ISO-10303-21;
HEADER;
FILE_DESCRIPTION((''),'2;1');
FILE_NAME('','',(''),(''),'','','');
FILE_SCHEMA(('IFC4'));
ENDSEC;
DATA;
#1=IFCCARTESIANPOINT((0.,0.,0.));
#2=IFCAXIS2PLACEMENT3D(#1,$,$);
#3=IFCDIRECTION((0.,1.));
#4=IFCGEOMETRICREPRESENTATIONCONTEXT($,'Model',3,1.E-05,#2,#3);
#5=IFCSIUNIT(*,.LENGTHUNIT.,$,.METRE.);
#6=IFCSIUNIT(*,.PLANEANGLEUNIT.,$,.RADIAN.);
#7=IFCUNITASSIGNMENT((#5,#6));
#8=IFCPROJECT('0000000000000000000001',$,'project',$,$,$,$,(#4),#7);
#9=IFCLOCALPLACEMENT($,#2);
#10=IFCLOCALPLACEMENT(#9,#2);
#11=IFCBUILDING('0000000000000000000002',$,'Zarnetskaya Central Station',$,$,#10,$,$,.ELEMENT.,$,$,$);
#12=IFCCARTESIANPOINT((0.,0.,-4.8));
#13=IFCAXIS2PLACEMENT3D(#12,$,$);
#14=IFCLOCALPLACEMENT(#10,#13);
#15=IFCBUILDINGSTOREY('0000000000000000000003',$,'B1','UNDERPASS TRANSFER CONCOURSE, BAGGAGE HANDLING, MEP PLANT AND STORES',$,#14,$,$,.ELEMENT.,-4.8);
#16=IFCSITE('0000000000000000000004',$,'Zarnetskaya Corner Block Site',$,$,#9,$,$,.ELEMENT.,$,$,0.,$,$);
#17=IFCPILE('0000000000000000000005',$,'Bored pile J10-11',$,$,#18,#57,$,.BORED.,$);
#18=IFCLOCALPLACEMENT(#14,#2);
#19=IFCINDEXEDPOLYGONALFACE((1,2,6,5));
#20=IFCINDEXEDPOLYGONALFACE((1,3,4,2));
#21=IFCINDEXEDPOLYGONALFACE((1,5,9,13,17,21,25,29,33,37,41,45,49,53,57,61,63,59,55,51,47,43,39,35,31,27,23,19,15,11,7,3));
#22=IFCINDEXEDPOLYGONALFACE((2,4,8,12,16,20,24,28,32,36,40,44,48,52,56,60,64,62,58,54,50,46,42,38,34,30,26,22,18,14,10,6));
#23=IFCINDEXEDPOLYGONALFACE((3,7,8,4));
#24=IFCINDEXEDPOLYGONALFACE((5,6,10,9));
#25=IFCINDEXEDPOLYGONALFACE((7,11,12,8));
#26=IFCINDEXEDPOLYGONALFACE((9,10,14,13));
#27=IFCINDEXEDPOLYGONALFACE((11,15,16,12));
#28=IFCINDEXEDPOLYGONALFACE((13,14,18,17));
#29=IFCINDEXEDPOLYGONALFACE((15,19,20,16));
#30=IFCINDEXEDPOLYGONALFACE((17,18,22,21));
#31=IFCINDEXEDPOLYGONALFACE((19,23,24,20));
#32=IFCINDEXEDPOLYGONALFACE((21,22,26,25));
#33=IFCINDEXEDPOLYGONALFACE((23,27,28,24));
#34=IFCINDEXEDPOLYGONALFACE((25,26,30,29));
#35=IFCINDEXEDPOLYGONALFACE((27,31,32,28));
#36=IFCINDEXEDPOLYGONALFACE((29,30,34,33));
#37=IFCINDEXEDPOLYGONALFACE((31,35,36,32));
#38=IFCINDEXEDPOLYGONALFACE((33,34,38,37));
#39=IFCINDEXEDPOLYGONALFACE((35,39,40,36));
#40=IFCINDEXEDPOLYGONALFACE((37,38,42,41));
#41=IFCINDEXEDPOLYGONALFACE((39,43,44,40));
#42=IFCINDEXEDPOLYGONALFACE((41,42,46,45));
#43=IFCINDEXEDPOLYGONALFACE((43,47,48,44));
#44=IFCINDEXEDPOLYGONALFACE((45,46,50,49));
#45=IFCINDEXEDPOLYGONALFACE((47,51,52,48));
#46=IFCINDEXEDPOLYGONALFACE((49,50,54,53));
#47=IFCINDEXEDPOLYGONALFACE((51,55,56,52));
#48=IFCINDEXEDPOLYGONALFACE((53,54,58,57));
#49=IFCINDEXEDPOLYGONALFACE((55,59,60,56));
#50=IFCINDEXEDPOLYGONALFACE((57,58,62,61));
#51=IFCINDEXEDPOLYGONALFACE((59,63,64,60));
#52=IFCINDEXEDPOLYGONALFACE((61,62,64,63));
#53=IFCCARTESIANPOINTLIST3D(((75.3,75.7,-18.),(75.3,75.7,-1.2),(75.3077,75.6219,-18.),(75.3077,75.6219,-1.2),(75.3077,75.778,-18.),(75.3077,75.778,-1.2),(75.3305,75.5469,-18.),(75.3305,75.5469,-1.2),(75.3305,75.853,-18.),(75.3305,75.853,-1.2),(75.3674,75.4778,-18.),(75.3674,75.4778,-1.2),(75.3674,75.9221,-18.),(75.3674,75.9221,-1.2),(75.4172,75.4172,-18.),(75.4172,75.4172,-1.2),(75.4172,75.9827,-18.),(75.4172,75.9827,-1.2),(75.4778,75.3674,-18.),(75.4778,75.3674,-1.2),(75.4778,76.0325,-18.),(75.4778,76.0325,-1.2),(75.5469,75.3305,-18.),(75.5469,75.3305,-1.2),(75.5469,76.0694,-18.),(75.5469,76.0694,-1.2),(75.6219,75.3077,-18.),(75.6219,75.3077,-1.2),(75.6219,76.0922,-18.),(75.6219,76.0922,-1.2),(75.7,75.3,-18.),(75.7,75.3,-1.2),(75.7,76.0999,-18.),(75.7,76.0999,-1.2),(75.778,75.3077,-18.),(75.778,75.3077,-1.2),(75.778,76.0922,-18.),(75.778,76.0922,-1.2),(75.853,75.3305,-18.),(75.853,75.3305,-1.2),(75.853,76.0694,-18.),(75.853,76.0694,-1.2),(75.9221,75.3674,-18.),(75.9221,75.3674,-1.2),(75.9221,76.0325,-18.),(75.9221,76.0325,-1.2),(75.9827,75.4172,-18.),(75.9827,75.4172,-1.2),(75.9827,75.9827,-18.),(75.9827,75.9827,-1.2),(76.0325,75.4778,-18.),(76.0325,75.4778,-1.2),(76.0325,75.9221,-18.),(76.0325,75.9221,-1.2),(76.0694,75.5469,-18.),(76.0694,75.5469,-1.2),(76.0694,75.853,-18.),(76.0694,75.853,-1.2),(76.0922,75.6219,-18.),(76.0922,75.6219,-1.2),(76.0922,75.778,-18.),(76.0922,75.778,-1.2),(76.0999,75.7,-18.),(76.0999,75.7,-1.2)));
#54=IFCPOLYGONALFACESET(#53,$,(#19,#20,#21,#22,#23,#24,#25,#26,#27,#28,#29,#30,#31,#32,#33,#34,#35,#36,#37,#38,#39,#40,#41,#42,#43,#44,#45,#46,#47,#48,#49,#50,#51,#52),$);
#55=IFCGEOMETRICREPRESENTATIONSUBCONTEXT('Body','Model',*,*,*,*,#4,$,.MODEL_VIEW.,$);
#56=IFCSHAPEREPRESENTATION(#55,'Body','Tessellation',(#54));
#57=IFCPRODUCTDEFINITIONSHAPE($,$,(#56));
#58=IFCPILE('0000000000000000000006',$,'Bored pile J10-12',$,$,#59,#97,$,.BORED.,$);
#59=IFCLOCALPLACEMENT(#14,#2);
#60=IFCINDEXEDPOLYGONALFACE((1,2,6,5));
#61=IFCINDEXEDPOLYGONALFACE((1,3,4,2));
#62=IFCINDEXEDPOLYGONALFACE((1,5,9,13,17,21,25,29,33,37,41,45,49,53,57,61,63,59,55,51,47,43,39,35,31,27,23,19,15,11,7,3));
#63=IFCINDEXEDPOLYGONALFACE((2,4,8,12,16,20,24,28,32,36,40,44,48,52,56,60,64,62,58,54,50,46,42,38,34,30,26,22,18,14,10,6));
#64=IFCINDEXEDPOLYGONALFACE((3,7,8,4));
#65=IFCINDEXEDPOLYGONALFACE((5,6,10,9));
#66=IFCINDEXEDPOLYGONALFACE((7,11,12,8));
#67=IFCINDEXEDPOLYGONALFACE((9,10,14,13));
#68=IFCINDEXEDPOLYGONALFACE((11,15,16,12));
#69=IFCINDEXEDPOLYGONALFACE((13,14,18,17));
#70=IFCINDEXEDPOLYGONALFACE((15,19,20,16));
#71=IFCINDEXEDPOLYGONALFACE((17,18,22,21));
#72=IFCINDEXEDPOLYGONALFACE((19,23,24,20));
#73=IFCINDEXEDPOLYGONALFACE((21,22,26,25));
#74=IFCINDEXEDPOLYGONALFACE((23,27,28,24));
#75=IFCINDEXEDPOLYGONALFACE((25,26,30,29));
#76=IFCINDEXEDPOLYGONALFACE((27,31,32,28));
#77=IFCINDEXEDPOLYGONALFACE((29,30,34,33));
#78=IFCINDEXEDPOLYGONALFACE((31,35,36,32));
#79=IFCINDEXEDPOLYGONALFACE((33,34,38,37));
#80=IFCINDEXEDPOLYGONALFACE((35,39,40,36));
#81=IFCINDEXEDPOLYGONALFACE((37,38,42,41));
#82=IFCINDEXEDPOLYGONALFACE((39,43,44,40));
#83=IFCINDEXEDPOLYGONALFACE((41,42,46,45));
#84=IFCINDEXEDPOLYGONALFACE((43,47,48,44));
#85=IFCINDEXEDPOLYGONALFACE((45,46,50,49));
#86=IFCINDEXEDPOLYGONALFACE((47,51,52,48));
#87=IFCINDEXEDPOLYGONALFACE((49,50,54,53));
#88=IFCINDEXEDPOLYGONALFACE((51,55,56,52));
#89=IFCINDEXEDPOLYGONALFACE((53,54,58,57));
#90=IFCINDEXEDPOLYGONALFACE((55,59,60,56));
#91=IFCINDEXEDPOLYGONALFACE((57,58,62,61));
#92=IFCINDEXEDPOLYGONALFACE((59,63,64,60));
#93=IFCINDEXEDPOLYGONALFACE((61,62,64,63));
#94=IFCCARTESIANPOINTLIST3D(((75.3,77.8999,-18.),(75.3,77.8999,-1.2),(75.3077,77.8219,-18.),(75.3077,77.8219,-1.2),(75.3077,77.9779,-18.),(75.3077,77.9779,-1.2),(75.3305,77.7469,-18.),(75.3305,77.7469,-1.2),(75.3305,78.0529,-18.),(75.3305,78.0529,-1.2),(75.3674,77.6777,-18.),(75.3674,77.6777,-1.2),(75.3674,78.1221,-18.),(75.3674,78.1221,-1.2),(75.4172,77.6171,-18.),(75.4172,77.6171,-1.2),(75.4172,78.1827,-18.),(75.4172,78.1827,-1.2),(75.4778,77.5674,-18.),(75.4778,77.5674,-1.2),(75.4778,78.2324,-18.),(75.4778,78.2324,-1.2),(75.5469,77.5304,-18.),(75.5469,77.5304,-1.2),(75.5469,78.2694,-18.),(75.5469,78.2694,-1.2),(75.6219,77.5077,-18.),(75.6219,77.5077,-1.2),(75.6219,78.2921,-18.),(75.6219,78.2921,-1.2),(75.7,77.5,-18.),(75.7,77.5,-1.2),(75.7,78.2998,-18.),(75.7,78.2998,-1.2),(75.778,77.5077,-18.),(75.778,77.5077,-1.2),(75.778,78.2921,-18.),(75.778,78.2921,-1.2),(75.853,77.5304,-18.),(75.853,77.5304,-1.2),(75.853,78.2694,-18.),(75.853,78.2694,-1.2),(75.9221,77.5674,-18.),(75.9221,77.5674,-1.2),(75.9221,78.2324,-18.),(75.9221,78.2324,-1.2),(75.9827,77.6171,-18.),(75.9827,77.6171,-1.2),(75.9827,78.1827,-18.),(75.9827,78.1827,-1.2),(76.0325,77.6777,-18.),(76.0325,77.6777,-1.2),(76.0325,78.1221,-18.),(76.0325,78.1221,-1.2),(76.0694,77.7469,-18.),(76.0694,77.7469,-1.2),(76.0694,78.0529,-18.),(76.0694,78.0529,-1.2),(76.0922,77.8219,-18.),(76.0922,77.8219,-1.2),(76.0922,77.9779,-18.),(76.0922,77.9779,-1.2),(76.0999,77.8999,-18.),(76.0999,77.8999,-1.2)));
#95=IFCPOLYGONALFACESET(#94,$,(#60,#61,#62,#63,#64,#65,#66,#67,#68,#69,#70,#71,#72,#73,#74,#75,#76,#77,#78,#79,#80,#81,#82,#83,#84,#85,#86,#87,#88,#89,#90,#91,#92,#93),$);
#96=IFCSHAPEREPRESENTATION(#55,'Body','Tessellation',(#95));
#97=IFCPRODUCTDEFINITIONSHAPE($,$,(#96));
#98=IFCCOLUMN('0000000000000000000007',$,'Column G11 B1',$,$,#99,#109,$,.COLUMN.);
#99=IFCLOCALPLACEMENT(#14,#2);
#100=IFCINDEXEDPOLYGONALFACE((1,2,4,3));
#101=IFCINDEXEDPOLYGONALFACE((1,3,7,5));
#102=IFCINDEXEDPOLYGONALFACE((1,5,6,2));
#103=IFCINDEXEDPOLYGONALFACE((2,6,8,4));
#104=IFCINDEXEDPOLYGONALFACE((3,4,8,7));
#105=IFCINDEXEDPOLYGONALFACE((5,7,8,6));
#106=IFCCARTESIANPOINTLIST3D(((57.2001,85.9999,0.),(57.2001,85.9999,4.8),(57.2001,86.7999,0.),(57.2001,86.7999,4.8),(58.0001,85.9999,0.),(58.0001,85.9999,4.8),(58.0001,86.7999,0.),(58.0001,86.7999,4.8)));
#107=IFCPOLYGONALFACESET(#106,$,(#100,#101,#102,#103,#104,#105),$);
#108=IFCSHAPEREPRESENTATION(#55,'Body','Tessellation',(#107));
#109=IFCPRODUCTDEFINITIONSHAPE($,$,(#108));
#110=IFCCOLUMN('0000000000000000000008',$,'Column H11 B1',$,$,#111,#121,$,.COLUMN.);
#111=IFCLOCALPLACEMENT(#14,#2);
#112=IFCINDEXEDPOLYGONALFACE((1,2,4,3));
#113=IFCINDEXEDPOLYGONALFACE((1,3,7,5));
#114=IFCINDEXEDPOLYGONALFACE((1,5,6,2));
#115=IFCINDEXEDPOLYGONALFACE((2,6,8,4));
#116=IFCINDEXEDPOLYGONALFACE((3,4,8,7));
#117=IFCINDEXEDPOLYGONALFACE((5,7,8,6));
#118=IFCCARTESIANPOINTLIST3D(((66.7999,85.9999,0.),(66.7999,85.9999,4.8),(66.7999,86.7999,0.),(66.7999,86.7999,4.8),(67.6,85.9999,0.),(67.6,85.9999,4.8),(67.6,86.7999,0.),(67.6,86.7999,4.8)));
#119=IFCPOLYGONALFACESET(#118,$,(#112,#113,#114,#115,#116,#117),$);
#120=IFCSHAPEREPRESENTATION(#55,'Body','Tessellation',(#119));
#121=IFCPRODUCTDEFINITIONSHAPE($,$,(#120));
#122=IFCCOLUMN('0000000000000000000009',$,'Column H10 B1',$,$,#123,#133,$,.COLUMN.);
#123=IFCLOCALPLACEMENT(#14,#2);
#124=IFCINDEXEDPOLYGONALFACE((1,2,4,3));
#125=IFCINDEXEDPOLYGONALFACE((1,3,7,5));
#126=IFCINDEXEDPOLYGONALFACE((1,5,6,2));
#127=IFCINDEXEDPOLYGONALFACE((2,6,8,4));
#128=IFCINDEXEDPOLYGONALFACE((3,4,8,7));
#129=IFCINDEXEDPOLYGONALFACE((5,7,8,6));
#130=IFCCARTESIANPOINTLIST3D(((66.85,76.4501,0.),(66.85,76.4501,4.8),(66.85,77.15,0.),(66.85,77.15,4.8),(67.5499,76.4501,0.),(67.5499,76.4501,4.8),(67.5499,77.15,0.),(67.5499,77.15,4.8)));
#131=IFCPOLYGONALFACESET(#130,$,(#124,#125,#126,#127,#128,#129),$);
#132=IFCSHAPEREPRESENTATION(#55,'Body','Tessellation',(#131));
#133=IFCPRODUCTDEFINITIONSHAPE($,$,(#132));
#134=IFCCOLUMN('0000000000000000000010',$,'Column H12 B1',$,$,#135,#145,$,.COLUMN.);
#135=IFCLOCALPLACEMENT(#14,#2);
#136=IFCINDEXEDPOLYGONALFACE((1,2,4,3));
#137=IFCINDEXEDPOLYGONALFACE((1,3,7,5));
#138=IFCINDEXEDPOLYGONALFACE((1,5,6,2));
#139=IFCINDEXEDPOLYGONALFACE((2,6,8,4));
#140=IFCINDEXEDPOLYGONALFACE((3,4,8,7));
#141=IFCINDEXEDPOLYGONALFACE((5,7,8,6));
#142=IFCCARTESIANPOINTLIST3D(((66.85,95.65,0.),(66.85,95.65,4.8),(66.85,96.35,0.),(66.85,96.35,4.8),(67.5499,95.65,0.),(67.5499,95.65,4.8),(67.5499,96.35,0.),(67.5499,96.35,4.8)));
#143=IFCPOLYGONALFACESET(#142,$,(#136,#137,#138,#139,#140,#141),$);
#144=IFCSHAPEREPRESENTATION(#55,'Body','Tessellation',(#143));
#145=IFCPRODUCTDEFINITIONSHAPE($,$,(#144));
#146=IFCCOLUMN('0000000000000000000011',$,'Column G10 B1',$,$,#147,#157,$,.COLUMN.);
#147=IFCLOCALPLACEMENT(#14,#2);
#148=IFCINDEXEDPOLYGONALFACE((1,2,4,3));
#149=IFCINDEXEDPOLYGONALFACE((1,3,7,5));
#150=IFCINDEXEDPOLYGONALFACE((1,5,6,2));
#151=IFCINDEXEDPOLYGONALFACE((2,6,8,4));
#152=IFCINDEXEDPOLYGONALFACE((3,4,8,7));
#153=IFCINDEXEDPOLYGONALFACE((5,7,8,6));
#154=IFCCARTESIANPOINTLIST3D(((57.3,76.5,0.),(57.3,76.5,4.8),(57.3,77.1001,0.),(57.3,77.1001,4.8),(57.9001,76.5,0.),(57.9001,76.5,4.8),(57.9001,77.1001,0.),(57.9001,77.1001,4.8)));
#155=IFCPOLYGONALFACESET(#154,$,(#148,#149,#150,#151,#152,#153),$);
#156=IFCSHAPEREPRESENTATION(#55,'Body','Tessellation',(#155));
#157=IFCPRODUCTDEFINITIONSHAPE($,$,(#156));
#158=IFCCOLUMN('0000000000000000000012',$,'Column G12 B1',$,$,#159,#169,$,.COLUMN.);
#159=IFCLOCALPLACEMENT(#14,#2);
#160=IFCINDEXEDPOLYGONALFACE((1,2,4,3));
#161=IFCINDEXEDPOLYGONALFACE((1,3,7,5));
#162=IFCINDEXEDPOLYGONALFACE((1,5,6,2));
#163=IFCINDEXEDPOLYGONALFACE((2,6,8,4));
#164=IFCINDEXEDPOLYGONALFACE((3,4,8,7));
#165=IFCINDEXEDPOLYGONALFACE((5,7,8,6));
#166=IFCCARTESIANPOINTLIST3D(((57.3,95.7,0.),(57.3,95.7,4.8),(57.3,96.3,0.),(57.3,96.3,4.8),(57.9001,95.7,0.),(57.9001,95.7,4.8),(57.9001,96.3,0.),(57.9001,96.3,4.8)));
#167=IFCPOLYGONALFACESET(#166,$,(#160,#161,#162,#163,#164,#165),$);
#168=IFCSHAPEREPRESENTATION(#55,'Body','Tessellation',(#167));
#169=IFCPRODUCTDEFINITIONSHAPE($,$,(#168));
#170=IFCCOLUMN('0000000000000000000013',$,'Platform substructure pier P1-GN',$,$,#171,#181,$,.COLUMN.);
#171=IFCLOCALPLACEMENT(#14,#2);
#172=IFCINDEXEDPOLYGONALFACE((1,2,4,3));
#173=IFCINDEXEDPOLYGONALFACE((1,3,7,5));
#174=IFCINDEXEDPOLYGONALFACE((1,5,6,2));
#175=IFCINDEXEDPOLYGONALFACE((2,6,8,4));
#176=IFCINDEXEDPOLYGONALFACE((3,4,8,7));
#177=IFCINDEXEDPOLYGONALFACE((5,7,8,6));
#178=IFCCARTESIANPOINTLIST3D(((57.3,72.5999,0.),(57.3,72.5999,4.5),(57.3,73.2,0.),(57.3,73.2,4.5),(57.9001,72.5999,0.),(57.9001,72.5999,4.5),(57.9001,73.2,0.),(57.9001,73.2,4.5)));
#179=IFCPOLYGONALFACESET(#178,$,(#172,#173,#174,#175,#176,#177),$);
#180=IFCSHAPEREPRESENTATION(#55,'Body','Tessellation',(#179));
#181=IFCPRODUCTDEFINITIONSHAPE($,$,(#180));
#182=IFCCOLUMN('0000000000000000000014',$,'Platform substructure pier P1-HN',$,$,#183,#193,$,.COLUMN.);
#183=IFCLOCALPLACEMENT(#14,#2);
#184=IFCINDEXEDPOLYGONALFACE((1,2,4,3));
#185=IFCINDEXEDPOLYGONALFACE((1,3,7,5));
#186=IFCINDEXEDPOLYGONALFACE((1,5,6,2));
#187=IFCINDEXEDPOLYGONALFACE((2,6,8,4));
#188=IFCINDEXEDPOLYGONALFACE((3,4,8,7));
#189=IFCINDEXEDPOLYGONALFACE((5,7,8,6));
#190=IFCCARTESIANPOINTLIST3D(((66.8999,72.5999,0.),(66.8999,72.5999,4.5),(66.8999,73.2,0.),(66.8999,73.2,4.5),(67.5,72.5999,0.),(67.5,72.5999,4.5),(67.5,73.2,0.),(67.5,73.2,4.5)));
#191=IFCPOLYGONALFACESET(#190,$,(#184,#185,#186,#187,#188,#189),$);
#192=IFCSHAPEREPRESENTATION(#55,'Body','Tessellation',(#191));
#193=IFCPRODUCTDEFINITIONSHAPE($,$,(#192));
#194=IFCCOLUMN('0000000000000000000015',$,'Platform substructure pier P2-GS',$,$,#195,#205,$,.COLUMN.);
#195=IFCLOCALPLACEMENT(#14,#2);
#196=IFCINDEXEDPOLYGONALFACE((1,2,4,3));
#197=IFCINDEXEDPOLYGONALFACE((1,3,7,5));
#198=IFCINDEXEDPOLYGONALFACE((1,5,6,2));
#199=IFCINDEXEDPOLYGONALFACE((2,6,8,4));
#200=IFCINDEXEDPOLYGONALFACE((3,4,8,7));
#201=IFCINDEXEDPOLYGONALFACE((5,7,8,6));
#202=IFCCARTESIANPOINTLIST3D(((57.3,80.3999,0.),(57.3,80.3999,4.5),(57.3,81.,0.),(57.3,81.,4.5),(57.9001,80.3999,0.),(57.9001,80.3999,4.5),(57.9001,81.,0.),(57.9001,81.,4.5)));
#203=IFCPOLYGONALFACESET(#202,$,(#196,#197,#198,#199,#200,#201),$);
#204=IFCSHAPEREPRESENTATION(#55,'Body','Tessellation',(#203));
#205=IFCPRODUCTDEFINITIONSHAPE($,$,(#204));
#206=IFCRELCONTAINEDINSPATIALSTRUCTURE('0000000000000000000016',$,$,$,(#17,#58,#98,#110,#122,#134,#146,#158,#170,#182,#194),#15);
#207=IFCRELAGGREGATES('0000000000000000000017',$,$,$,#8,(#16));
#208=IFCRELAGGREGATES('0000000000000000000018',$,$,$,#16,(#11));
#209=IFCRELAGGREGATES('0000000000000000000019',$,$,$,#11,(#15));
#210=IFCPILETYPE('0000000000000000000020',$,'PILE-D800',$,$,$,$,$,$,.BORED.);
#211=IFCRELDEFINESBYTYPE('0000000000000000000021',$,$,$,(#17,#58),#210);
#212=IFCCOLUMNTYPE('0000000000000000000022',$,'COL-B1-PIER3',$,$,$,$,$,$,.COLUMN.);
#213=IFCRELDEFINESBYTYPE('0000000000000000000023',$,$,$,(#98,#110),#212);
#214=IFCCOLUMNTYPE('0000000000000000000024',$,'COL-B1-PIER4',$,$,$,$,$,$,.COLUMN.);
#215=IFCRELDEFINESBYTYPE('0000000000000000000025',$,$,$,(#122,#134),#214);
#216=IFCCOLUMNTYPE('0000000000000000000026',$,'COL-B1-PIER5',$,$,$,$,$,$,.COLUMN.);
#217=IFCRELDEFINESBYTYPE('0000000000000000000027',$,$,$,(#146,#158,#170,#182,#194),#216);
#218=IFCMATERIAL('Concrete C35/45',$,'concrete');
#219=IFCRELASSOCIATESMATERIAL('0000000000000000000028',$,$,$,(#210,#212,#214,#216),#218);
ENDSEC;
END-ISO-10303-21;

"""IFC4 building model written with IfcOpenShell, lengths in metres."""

from ifc_helpers import new_model, si_unit, direction, frame, origin, origin_2d, place, context, subcontext, project, spatial, rectangle, circle, extrude, material, material_profile, profile_set, type_object, element, save


model = new_model("IFC4")

# Units and contexts
model_context = context("Model", 3, precision=1e-05, world=origin(), true_north=direction((0.0, 1.0)))
body_context = subcontext(model_context, "Body", "Model", "MODEL_VIEW")
ifc_project = project(units=[si_unit("LENGTHUNIT", "METRE"), si_unit("PLANEANGLEUNIT", "RADIAN")], contexts=[model_context])

# Site, building, storey
site_placement = place(None, origin())
site = spatial("IfcSite", under=ifc_project, at=site_placement, Name="Zarnetskaya Corner Block Site", CompositionType="ELEMENT", RefElevation=0.0)
building_placement = place(site_placement, origin())
building = spatial("IfcBuilding", under=site, at=building_placement, Name="Zarnetskaya Central Station", CompositionType="ELEMENT")
storey_placement = place(building_placement, frame((0.0, 0.0, -4.8)))
storey = spatial("IfcBuildingStorey", under=building, at=storey_placement, Name="B1", Description="UNDERPASS TRANSFER CONCOURSE, BAGGAGE HANDLING, MEP PLANT AND STORES", CompositionType="ELEMENT", Elevation=-4.8)

# Shared definitions
ifc_material = material(Name="Concrete C35/45", Category="concrete")

# Piles
ifc_material_profile_1 = material_profile(ifc_material, circle(Radius=0.3999, at=origin_2d()), Name="BORED PILE D800")
ifc_profile_set_1 = profile_set([ifc_material_profile_1], Name="Concrete C35/45")
pile_type_1 = type_object("IfcPileType", Name="PILE-D800", PredefinedType="BORED", material=ifc_profile_set_1)
for number, where, z_axis, x_axis, name in (
    (1, (75.7, 75.7, -1.2), (0.0, 0.0, -1.0), (1.0, 0.0, 0.0), "Bored pile J10-11"),
    (2, (75.7, 77.8999, -1.2), (0.0, 0.0, -1.0), (1.0, 0.0, 0.0), "Bored pile J10-12"),
):
    element("IfcPile", number, at=place(storey_placement, frame(where, z_axis=z_axis, x_axis=x_axis)), inside=storey, type_object=pile_type_1, Name=name, PredefinedType="BORED", context=body_context, shape_type="SweptSolid", body=[
        extrude(circle(Radius=0.3999, at=origin_2d()), origin(), (0.0, 0.0, 1.0), 16.8),
    ])

# Columns
ifc_material_profile_2 = material_profile(ifc_material, rectangle(XDim=0.8, YDim=0.8, at=origin_2d()), Name="RC 800x800")
ifc_profile_set_2 = profile_set([ifc_material_profile_2], Name="Concrete C35/45")
column_type_1 = type_object("IfcColumnType", Name="COL-B1-PIER3", PredefinedType="COLUMN", material=ifc_profile_set_2)
for number, where, z_axis, x_axis, name in (
    (3, (57.6001, 86.3999, 0.0), (0.0, 0.0, 1.0), (1.0, 0.0, 0.0), "Column G11 B1"),
    (4, (67.2, 86.3999, 0.0), (0.0, 0.0, 1.0), (1.0, 0.0, 0.0), "Column H11 B1"),
):
    element("IfcColumn", number, at=place(storey_placement, frame(where, z_axis=z_axis, x_axis=x_axis)), inside=storey, type_object=column_type_1, Name=name, PredefinedType="COLUMN", context=body_context, shape_type="SweptSolid", body=[
        extrude(rectangle(XDim=0.8, YDim=0.8, at=origin_2d()), origin(), (0.0, 0.0, 1.0), 4.8),
    ])
ifc_material_profile_3 = material_profile(ifc_material, rectangle(XDim=0.7, YDim=0.7, at=origin_2d()), Name="RC 700x700")
ifc_profile_set_3 = profile_set([ifc_material_profile_3], Name="Concrete C35/45")
column_type_2 = type_object("IfcColumnType", Name="COL-B1-PIER4", PredefinedType="COLUMN", material=ifc_profile_set_3)
for number, where, z_axis, x_axis, name in (
    (5, (67.2, 76.8, 0.0), (0.0, 0.0, 1.0), (1.0, 0.0, 0.0), "Column H10 B1"),
    (6, (67.2, 96.0, 0.0), (0.0, 0.0, 1.0), (1.0, 0.0, 0.0), "Column H12 B1"),
):
    element("IfcColumn", number, at=place(storey_placement, frame(where, z_axis=z_axis, x_axis=x_axis)), inside=storey, type_object=column_type_2, Name=name, PredefinedType="COLUMN", context=body_context, shape_type="SweptSolid", body=[
        extrude(rectangle(XDim=0.7, YDim=0.7, at=origin_2d()), origin(), (0.0, 0.0, 1.0), 4.8),
    ])
ifc_material_profile_4 = material_profile(ifc_material, rectangle(XDim=0.6001, YDim=0.6001, at=origin_2d()), Name="RC 600x600")
ifc_profile_set_4 = profile_set([ifc_material_profile_4], Name="Concrete C35/45")
column_type_3 = type_object("IfcColumnType", Name="COL-B1-PIER5", PredefinedType="COLUMN", material=ifc_profile_set_4)
for number, where, z_axis, x_axis, name in (
    (7, (57.6001, 76.8, 0.0), (0.0, 0.0, 1.0), (1.0, 0.0, 0.0), "Column G10 B1"),
    (8, (57.6001, 96.0, 0.0), (0.0, 0.0, 1.0), (1.0, 0.0, 0.0), "Column G12 B1"),
):
    element("IfcColumn", number, at=place(storey_placement, frame(where, z_axis=z_axis, x_axis=x_axis)), inside=storey, type_object=column_type_3, Name=name, PredefinedType="COLUMN", context=body_context, shape_type="SweptSolid", body=[
        extrude(rectangle(XDim=0.6001, YDim=0.6001, at=origin_2d()), origin(), (0.0, 0.0, 1.0), 4.8),
    ])
for number, where, z_axis, x_axis, name in (
    (9, (57.6001, 72.8999, 0.0), (0.0, 0.0, 1.0), (1.0, 0.0, 0.0), "Platform substructure pier P1-GN"),
    (10, (67.2, 72.8999, 0.0), (0.0, 0.0, 1.0), (1.0, 0.0, 0.0), "Platform substructure pier P1-HN"),
    (11, (57.6001, 80.7, 0.0), (0.0, 0.0, 1.0), (1.0, 0.0, 0.0), "Platform substructure pier P2-GS"),
):
    element("IfcColumn", number, at=place(storey_placement, frame(where, z_axis=z_axis, x_axis=x_axis)), inside=storey, type_object=column_type_3, Name=name, PredefinedType="COLUMN", context=body_context, shape_type="SweptSolid", body=[
        extrude(rectangle(XDim=0.6001, YDim=0.6001, at=origin_2d()), origin(), (0.0, 0.0, 1.0), 4.5),
    ])

save(model, "model.ifc")
